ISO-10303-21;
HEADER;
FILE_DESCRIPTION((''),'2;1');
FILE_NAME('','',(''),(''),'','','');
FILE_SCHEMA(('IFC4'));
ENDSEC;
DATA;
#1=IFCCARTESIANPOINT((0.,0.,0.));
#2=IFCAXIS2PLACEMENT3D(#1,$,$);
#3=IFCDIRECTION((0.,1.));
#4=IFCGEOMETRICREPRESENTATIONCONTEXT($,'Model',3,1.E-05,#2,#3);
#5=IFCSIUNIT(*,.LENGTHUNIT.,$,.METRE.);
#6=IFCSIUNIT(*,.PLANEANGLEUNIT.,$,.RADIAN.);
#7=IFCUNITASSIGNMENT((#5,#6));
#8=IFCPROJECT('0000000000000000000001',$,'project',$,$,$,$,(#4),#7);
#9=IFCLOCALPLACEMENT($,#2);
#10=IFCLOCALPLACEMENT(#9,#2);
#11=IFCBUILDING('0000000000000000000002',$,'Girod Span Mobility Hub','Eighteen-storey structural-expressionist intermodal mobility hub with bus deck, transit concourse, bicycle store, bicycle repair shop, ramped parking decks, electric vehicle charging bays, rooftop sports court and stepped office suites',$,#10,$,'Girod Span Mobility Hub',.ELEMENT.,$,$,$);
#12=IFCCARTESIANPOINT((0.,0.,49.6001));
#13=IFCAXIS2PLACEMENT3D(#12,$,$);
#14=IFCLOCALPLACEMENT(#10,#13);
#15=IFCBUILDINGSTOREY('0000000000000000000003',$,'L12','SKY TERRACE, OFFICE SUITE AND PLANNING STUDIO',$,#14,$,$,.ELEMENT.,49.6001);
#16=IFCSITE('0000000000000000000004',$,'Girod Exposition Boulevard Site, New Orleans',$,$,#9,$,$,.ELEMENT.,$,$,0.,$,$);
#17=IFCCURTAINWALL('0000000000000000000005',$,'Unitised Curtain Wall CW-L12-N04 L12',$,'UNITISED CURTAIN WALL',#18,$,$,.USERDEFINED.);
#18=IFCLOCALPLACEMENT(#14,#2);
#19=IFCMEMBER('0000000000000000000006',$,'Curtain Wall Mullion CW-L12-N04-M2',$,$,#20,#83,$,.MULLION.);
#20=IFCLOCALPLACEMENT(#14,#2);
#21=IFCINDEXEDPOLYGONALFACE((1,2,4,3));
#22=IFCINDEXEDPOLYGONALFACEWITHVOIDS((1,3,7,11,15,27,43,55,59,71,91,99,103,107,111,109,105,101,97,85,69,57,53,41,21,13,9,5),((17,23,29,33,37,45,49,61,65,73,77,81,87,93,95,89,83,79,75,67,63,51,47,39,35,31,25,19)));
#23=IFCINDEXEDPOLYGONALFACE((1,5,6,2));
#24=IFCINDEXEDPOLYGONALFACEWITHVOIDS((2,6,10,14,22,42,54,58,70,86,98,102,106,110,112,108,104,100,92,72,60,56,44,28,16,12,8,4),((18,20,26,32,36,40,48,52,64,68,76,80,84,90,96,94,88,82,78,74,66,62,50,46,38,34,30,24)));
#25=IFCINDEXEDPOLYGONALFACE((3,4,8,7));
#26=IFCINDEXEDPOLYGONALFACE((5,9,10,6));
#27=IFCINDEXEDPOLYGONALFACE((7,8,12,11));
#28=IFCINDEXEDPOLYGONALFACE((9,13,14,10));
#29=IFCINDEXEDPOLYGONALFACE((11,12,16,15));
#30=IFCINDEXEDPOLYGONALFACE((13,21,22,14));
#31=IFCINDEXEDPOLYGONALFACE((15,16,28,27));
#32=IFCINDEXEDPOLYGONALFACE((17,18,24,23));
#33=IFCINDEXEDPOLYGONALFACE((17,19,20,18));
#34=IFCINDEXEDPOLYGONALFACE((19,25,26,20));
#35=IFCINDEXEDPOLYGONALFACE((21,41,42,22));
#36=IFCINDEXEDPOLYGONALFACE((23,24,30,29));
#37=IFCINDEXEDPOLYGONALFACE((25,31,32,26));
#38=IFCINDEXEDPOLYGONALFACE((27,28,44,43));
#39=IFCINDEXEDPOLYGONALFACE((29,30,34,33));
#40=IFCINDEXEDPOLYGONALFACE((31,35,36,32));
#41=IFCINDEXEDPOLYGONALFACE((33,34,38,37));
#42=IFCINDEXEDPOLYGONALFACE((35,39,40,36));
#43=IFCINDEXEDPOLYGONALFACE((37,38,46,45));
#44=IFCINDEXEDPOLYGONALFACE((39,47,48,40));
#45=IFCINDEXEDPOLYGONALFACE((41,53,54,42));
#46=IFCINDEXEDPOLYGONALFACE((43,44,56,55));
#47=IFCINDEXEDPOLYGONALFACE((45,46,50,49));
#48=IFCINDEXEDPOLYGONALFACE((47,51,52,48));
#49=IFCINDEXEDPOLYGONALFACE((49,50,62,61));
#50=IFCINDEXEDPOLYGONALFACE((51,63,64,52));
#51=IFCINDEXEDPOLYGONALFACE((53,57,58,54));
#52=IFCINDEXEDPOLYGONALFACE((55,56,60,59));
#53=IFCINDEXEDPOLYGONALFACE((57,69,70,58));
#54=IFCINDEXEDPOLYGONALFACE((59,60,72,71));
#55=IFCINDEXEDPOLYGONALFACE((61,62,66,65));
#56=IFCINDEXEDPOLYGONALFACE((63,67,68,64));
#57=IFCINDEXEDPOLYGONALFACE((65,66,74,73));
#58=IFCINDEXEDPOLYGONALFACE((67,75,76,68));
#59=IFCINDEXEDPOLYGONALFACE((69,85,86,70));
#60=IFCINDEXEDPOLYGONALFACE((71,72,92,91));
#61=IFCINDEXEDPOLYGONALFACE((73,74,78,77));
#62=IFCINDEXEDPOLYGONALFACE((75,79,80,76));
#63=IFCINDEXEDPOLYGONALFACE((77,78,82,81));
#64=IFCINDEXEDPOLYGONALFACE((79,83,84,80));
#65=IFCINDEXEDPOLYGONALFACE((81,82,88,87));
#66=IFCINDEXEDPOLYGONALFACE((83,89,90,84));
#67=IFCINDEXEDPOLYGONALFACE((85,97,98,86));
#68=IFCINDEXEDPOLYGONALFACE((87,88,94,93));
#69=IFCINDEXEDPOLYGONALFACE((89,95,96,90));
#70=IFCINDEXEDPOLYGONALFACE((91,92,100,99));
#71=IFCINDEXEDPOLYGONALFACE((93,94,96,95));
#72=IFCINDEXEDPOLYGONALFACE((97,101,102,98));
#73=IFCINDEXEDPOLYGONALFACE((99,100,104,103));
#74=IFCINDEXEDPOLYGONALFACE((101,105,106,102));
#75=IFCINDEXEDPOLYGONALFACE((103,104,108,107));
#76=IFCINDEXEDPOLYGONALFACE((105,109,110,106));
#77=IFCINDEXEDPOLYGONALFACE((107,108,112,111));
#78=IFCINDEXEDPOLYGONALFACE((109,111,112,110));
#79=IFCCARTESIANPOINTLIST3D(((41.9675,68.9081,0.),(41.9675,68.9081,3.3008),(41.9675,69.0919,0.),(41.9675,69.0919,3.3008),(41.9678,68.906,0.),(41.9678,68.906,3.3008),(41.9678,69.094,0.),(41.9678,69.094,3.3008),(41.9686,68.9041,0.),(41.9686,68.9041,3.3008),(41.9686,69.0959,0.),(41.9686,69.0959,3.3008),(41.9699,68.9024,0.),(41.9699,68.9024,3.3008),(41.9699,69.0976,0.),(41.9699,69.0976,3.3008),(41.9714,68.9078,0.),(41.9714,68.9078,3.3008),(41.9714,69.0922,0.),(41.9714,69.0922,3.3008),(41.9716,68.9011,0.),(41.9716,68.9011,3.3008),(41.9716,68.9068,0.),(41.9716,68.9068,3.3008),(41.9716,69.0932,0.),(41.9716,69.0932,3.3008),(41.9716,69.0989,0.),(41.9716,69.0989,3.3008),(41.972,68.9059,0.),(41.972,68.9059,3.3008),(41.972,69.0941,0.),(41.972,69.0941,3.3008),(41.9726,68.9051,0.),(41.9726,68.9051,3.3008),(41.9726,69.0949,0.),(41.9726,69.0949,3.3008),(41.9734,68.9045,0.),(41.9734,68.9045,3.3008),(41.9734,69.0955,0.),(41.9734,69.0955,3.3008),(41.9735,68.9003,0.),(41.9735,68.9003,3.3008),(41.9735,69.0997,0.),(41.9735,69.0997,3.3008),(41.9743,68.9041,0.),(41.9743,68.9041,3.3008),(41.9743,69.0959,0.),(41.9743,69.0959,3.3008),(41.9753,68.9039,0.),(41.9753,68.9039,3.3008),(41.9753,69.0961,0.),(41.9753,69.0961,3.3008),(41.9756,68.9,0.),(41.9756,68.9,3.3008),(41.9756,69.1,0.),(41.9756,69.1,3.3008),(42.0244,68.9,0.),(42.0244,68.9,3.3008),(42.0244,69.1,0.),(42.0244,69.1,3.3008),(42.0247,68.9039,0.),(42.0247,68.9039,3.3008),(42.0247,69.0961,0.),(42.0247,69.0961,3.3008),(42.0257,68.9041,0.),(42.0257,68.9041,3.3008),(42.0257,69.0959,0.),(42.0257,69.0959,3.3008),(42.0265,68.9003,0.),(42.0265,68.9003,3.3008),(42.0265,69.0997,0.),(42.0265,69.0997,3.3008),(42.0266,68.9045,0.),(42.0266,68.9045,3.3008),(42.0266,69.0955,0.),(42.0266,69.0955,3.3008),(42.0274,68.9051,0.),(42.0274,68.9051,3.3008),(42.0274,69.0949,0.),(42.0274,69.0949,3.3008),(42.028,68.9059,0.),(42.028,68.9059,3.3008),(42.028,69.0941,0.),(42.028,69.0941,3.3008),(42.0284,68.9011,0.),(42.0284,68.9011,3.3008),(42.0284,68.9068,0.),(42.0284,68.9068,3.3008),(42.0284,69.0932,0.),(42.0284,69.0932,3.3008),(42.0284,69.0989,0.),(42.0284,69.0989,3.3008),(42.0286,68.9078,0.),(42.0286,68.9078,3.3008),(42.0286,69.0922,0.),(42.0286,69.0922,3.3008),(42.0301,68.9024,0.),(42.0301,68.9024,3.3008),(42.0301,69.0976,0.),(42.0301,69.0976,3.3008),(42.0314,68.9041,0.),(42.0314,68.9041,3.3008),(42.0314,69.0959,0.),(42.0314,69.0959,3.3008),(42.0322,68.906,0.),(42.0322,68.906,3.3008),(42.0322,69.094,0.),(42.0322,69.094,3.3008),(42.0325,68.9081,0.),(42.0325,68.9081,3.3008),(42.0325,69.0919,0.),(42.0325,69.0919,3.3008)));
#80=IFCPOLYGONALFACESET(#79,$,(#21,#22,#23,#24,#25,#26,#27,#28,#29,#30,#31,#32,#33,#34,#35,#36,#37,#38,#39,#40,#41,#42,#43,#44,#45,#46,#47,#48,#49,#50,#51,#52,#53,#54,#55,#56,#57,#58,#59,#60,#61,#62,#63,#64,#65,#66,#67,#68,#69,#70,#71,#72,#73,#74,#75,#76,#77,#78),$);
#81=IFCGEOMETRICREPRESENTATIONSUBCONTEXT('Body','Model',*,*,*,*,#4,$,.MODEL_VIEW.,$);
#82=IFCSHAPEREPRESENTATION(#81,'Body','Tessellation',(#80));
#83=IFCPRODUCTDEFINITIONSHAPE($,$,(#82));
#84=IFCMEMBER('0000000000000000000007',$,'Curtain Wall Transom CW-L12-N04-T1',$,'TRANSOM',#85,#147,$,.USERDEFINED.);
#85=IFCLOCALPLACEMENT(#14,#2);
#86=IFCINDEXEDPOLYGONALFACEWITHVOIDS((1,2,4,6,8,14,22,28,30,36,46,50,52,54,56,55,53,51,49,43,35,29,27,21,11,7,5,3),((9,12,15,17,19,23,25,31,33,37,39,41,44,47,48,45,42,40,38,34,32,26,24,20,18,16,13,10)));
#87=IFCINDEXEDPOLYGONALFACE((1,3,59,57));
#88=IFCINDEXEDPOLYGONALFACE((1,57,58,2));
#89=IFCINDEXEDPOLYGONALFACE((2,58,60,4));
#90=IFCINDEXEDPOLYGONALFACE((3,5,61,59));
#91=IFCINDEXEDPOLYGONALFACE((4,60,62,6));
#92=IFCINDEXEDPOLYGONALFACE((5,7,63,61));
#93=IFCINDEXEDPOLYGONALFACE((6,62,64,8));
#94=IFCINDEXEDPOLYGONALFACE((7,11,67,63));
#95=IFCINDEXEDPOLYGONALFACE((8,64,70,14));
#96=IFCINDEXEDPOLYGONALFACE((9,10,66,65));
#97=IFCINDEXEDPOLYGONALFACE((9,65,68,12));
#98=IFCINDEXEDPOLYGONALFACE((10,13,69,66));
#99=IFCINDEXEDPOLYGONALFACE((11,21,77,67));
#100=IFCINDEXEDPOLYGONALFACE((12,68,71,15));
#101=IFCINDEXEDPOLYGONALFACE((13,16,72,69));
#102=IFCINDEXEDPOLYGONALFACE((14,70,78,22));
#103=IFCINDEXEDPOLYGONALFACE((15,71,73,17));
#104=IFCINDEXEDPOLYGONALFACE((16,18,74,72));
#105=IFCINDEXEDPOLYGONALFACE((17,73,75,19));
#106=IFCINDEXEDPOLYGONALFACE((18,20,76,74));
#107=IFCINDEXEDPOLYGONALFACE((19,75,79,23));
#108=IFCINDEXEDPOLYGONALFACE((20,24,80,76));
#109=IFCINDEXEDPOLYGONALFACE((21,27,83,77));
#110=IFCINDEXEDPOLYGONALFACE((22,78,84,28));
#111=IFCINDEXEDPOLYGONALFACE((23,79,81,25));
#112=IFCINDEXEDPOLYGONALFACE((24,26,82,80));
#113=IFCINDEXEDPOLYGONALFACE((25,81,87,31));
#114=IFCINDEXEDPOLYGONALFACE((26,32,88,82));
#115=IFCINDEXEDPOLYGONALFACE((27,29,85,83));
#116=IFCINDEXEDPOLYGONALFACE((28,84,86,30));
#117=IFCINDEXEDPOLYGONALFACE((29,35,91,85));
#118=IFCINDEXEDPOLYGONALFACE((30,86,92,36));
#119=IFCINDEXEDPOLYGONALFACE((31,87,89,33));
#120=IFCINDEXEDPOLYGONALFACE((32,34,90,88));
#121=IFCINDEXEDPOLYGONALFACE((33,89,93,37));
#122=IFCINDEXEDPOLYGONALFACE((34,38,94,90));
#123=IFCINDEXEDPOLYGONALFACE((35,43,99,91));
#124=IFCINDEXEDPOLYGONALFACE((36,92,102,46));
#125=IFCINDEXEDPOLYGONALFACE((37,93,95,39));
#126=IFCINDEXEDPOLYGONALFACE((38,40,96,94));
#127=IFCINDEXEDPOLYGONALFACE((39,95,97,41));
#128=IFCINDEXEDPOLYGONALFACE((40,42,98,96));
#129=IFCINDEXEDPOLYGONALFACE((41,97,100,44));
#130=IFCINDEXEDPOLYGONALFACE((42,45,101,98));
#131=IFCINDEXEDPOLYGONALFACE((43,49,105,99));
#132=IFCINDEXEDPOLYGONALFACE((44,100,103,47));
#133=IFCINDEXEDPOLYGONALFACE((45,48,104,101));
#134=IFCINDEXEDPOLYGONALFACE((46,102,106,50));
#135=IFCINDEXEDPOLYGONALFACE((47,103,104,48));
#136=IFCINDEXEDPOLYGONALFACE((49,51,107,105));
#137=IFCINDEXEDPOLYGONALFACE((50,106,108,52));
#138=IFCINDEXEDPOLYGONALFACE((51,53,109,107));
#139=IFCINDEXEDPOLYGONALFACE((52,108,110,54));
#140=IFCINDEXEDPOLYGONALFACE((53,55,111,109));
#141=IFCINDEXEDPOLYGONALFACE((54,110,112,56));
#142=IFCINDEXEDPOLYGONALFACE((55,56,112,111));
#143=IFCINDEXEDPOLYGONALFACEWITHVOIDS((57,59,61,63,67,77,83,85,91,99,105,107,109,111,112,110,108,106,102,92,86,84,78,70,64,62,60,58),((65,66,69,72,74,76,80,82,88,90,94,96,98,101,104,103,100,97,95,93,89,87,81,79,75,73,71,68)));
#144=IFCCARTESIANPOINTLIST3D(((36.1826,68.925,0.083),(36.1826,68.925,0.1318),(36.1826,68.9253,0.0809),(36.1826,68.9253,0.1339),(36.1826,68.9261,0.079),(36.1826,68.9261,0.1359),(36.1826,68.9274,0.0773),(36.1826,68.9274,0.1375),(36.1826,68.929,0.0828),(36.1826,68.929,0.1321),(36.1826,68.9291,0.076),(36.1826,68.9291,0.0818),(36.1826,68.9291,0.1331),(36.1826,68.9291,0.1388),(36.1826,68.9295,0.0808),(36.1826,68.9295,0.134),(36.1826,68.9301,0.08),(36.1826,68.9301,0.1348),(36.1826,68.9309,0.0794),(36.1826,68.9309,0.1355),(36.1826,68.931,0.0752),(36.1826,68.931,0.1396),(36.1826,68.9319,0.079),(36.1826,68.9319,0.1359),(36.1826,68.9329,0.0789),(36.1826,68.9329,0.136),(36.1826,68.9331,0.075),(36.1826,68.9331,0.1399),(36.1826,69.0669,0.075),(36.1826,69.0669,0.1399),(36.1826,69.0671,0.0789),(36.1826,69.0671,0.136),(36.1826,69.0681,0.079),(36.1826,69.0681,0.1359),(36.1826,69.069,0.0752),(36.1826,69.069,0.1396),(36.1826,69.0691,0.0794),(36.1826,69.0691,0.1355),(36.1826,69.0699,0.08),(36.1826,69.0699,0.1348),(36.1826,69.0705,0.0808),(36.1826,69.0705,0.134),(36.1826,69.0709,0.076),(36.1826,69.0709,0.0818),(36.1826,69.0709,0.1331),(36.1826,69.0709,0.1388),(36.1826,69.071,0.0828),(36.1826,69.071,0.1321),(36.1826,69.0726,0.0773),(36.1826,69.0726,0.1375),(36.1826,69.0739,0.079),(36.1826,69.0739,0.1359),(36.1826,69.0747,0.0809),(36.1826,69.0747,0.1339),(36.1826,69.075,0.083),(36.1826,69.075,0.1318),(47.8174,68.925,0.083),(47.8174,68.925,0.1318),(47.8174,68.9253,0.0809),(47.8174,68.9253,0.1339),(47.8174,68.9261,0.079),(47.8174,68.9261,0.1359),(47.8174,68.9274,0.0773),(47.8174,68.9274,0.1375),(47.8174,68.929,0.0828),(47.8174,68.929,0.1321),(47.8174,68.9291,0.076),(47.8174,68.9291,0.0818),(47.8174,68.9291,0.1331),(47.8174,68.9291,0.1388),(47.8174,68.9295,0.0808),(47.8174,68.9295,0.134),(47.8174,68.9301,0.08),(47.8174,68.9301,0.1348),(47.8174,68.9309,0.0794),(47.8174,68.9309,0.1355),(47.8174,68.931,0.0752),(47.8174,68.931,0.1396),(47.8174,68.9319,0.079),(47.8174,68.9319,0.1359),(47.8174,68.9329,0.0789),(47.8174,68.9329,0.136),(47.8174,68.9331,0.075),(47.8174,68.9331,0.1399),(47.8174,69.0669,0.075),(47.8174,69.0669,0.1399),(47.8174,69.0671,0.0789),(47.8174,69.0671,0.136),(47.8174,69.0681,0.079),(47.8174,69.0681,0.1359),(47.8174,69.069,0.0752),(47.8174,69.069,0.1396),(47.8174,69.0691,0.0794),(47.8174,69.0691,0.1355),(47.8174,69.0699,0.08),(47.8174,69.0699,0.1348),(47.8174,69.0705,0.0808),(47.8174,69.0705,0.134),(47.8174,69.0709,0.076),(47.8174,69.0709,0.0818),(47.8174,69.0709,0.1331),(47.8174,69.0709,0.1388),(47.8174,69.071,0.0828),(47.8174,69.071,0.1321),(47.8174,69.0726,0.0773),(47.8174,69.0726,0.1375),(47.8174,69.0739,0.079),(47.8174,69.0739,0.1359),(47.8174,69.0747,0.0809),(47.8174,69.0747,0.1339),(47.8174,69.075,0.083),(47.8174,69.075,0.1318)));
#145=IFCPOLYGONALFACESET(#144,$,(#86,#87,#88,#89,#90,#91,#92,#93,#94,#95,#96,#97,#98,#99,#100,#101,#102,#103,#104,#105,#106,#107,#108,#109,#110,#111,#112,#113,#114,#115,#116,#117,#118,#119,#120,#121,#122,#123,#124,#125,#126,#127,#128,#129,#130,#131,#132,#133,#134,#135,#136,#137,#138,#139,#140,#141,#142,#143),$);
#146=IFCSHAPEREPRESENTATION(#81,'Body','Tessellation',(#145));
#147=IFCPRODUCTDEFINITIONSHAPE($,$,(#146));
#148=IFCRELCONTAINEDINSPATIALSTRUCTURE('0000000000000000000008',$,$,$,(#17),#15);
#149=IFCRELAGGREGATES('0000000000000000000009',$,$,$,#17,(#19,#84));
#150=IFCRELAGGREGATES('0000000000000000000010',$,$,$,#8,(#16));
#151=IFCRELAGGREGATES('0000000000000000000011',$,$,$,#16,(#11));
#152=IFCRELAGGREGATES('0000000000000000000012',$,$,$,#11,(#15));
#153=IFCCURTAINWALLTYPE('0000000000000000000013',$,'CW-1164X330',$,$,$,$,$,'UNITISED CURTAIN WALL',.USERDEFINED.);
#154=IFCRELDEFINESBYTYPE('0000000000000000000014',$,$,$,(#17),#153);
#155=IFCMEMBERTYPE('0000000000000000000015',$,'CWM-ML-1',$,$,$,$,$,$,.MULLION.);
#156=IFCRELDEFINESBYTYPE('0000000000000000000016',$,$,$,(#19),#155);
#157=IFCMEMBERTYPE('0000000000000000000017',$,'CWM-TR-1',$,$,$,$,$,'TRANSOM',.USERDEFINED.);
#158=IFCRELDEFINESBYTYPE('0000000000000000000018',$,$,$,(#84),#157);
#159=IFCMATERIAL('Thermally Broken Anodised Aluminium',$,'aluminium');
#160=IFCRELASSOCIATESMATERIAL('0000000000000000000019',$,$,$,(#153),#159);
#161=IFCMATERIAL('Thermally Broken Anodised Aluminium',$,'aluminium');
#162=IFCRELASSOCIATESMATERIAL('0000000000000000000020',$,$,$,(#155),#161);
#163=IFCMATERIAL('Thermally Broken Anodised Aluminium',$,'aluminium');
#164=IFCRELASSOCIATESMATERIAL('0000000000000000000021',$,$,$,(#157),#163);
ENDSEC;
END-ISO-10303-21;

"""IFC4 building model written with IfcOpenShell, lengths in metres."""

from ifc_helpers import new_model, si_unit, direction, frame, origin, origin_2d, place, context, subcontext, project, spatial, hollow_rectangle, extrude, material, material_profile, profile_set, type_object, element, aggregate, save


model = new_model("IFC4")

# Units and contexts
model_context = context("Model", 3, precision=1e-05, world=origin(), true_north=direction((0.0, 1.0)))
body_context = subcontext(model_context, "Body", "Model", "MODEL_VIEW")
ifc_project = project(units=[si_unit("LENGTHUNIT", "METRE"), si_unit("PLANEANGLEUNIT", "RADIAN")], contexts=[model_context])

# Site, building, storey
site_placement = place(None, origin())
site = spatial("IfcSite", under=ifc_project, at=site_placement, Name="Girod Exposition Boulevard Site, New Orleans", CompositionType="ELEMENT", RefElevation=0.0)
building_placement = place(site_placement, origin())
building = spatial("IfcBuilding", under=site, at=building_placement, Name="Girod Span Mobility Hub", Description="Eighteen-storey structural-expressionist intermodal mobility hub with bus deck, transit concourse, bicycle store, bicycle repair shop, ramped parking decks, electric vehicle charging bays, rooftop sports court and stepped office suites", LongName="Girod Span Mobility Hub", CompositionType="ELEMENT")
storey_placement = place(building_placement, frame((0.0, 0.0, 49.6001)))
storey = spatial("IfcBuildingStorey", under=building, at=storey_placement, Name="L12", Description="SKY TERRACE, OFFICE SUITE AND PLANNING STUDIO", CompositionType="ELEMENT", Elevation=49.6001)

# Curtain wall, members
ifc_material_1 = material(Name="Thermally Broken Anodised Aluminium", Category="aluminium")
curtain_wall_type = type_object("IfcCurtainWallType", Name="CW-1164X330", ElementType="UNITISED CURTAIN WALL", PredefinedType="USERDEFINED", material=ifc_material_1)
curtain_wall_placement = place(storey_placement, origin())
curtain_wall = element("IfcCurtainWall", 1, at=curtain_wall_placement, inside=storey, type_object=curtain_wall_type, Name="Unitised Curtain Wall CW-L12-N04 L12", ObjectType="UNITISED CURTAIN WALL", PredefinedType="USERDEFINED")
ifc_material_2 = material(Name="Thermally Broken Anodised Aluminium", Category="aluminium")
ifc_material_profile_1 = material_profile(ifc_material_2, hollow_rectangle(XDim=0.2, YDim=0.0649, WallThickness=0.0039, InnerFilletRadius=0.0039, OuterFilletRadius=0.0081, at=origin_2d()), Name="CW-ML-65X200")
ifc_profile_set_1 = profile_set([ifc_material_profile_1], Name="Thermally Broken Anodised Aluminium")
member_type_1 = type_object("IfcMemberType", Name="CWM-ML-1", PredefinedType="MULLION", material=ifc_profile_set_1)
member_1_placement = place(storey_placement, frame((42.0, 69.0, 0.0), z_axis=(0.0, 0.0, 1.0), x_axis=(0.0, 1.0, 0.0)))
member_1 = element("IfcMember", 2, at=member_1_placement, type_object=member_type_1, Name="Curtain Wall Mullion CW-L12-N04-M2", PredefinedType="MULLION", context=body_context, shape_type="SweptSolid", body=[
    extrude(hollow_rectangle(XDim=0.2, YDim=0.0649, WallThickness=0.0039, InnerFilletRadius=0.0039, OuterFilletRadius=0.0081, at=origin_2d()), origin(), (0.0, 0.0, 1.0), 3.3008),
])
ifc_material_3 = material(Name="Thermally Broken Anodised Aluminium", Category="aluminium")
ifc_material_profile_2 = material_profile(ifc_material_3, hollow_rectangle(XDim=0.1499, YDim=0.0649, WallThickness=0.0039, InnerFilletRadius=0.0039, OuterFilletRadius=0.0081, at=origin_2d()), Name="CW-TR-65X150")
ifc_profile_set_2 = profile_set([ifc_material_profile_2], Name="Thermally Broken Anodised Aluminium")
member_type_2 = type_object("IfcMemberType", Name="CWM-TR-1", ElementType="TRANSOM", PredefinedType="USERDEFINED", material=ifc_profile_set_2)
member_2_placement = place(storey_placement, frame((36.1826, 69.0, 0.1074), z_axis=(1.0, 0.0, 0.0), x_axis=(0.0, 1.0, 0.0)))
member_2 = element("IfcMember", 3, at=member_2_placement, type_object=member_type_2, Name="Curtain Wall Transom CW-L12-N04-T1", ObjectType="TRANSOM", PredefinedType="USERDEFINED", context=body_context, shape_type="SweptSolid", body=[
    extrude(hollow_rectangle(XDim=0.1499, YDim=0.0649, WallThickness=0.0039, InnerFilletRadius=0.0039, OuterFilletRadius=0.0081, at=origin_2d()), origin(), (0.0, 0.0, 1.0), 11.6348),
])
aggregate(curtain_wall, [member_1, member_2])

save(model, "model.ifc")
